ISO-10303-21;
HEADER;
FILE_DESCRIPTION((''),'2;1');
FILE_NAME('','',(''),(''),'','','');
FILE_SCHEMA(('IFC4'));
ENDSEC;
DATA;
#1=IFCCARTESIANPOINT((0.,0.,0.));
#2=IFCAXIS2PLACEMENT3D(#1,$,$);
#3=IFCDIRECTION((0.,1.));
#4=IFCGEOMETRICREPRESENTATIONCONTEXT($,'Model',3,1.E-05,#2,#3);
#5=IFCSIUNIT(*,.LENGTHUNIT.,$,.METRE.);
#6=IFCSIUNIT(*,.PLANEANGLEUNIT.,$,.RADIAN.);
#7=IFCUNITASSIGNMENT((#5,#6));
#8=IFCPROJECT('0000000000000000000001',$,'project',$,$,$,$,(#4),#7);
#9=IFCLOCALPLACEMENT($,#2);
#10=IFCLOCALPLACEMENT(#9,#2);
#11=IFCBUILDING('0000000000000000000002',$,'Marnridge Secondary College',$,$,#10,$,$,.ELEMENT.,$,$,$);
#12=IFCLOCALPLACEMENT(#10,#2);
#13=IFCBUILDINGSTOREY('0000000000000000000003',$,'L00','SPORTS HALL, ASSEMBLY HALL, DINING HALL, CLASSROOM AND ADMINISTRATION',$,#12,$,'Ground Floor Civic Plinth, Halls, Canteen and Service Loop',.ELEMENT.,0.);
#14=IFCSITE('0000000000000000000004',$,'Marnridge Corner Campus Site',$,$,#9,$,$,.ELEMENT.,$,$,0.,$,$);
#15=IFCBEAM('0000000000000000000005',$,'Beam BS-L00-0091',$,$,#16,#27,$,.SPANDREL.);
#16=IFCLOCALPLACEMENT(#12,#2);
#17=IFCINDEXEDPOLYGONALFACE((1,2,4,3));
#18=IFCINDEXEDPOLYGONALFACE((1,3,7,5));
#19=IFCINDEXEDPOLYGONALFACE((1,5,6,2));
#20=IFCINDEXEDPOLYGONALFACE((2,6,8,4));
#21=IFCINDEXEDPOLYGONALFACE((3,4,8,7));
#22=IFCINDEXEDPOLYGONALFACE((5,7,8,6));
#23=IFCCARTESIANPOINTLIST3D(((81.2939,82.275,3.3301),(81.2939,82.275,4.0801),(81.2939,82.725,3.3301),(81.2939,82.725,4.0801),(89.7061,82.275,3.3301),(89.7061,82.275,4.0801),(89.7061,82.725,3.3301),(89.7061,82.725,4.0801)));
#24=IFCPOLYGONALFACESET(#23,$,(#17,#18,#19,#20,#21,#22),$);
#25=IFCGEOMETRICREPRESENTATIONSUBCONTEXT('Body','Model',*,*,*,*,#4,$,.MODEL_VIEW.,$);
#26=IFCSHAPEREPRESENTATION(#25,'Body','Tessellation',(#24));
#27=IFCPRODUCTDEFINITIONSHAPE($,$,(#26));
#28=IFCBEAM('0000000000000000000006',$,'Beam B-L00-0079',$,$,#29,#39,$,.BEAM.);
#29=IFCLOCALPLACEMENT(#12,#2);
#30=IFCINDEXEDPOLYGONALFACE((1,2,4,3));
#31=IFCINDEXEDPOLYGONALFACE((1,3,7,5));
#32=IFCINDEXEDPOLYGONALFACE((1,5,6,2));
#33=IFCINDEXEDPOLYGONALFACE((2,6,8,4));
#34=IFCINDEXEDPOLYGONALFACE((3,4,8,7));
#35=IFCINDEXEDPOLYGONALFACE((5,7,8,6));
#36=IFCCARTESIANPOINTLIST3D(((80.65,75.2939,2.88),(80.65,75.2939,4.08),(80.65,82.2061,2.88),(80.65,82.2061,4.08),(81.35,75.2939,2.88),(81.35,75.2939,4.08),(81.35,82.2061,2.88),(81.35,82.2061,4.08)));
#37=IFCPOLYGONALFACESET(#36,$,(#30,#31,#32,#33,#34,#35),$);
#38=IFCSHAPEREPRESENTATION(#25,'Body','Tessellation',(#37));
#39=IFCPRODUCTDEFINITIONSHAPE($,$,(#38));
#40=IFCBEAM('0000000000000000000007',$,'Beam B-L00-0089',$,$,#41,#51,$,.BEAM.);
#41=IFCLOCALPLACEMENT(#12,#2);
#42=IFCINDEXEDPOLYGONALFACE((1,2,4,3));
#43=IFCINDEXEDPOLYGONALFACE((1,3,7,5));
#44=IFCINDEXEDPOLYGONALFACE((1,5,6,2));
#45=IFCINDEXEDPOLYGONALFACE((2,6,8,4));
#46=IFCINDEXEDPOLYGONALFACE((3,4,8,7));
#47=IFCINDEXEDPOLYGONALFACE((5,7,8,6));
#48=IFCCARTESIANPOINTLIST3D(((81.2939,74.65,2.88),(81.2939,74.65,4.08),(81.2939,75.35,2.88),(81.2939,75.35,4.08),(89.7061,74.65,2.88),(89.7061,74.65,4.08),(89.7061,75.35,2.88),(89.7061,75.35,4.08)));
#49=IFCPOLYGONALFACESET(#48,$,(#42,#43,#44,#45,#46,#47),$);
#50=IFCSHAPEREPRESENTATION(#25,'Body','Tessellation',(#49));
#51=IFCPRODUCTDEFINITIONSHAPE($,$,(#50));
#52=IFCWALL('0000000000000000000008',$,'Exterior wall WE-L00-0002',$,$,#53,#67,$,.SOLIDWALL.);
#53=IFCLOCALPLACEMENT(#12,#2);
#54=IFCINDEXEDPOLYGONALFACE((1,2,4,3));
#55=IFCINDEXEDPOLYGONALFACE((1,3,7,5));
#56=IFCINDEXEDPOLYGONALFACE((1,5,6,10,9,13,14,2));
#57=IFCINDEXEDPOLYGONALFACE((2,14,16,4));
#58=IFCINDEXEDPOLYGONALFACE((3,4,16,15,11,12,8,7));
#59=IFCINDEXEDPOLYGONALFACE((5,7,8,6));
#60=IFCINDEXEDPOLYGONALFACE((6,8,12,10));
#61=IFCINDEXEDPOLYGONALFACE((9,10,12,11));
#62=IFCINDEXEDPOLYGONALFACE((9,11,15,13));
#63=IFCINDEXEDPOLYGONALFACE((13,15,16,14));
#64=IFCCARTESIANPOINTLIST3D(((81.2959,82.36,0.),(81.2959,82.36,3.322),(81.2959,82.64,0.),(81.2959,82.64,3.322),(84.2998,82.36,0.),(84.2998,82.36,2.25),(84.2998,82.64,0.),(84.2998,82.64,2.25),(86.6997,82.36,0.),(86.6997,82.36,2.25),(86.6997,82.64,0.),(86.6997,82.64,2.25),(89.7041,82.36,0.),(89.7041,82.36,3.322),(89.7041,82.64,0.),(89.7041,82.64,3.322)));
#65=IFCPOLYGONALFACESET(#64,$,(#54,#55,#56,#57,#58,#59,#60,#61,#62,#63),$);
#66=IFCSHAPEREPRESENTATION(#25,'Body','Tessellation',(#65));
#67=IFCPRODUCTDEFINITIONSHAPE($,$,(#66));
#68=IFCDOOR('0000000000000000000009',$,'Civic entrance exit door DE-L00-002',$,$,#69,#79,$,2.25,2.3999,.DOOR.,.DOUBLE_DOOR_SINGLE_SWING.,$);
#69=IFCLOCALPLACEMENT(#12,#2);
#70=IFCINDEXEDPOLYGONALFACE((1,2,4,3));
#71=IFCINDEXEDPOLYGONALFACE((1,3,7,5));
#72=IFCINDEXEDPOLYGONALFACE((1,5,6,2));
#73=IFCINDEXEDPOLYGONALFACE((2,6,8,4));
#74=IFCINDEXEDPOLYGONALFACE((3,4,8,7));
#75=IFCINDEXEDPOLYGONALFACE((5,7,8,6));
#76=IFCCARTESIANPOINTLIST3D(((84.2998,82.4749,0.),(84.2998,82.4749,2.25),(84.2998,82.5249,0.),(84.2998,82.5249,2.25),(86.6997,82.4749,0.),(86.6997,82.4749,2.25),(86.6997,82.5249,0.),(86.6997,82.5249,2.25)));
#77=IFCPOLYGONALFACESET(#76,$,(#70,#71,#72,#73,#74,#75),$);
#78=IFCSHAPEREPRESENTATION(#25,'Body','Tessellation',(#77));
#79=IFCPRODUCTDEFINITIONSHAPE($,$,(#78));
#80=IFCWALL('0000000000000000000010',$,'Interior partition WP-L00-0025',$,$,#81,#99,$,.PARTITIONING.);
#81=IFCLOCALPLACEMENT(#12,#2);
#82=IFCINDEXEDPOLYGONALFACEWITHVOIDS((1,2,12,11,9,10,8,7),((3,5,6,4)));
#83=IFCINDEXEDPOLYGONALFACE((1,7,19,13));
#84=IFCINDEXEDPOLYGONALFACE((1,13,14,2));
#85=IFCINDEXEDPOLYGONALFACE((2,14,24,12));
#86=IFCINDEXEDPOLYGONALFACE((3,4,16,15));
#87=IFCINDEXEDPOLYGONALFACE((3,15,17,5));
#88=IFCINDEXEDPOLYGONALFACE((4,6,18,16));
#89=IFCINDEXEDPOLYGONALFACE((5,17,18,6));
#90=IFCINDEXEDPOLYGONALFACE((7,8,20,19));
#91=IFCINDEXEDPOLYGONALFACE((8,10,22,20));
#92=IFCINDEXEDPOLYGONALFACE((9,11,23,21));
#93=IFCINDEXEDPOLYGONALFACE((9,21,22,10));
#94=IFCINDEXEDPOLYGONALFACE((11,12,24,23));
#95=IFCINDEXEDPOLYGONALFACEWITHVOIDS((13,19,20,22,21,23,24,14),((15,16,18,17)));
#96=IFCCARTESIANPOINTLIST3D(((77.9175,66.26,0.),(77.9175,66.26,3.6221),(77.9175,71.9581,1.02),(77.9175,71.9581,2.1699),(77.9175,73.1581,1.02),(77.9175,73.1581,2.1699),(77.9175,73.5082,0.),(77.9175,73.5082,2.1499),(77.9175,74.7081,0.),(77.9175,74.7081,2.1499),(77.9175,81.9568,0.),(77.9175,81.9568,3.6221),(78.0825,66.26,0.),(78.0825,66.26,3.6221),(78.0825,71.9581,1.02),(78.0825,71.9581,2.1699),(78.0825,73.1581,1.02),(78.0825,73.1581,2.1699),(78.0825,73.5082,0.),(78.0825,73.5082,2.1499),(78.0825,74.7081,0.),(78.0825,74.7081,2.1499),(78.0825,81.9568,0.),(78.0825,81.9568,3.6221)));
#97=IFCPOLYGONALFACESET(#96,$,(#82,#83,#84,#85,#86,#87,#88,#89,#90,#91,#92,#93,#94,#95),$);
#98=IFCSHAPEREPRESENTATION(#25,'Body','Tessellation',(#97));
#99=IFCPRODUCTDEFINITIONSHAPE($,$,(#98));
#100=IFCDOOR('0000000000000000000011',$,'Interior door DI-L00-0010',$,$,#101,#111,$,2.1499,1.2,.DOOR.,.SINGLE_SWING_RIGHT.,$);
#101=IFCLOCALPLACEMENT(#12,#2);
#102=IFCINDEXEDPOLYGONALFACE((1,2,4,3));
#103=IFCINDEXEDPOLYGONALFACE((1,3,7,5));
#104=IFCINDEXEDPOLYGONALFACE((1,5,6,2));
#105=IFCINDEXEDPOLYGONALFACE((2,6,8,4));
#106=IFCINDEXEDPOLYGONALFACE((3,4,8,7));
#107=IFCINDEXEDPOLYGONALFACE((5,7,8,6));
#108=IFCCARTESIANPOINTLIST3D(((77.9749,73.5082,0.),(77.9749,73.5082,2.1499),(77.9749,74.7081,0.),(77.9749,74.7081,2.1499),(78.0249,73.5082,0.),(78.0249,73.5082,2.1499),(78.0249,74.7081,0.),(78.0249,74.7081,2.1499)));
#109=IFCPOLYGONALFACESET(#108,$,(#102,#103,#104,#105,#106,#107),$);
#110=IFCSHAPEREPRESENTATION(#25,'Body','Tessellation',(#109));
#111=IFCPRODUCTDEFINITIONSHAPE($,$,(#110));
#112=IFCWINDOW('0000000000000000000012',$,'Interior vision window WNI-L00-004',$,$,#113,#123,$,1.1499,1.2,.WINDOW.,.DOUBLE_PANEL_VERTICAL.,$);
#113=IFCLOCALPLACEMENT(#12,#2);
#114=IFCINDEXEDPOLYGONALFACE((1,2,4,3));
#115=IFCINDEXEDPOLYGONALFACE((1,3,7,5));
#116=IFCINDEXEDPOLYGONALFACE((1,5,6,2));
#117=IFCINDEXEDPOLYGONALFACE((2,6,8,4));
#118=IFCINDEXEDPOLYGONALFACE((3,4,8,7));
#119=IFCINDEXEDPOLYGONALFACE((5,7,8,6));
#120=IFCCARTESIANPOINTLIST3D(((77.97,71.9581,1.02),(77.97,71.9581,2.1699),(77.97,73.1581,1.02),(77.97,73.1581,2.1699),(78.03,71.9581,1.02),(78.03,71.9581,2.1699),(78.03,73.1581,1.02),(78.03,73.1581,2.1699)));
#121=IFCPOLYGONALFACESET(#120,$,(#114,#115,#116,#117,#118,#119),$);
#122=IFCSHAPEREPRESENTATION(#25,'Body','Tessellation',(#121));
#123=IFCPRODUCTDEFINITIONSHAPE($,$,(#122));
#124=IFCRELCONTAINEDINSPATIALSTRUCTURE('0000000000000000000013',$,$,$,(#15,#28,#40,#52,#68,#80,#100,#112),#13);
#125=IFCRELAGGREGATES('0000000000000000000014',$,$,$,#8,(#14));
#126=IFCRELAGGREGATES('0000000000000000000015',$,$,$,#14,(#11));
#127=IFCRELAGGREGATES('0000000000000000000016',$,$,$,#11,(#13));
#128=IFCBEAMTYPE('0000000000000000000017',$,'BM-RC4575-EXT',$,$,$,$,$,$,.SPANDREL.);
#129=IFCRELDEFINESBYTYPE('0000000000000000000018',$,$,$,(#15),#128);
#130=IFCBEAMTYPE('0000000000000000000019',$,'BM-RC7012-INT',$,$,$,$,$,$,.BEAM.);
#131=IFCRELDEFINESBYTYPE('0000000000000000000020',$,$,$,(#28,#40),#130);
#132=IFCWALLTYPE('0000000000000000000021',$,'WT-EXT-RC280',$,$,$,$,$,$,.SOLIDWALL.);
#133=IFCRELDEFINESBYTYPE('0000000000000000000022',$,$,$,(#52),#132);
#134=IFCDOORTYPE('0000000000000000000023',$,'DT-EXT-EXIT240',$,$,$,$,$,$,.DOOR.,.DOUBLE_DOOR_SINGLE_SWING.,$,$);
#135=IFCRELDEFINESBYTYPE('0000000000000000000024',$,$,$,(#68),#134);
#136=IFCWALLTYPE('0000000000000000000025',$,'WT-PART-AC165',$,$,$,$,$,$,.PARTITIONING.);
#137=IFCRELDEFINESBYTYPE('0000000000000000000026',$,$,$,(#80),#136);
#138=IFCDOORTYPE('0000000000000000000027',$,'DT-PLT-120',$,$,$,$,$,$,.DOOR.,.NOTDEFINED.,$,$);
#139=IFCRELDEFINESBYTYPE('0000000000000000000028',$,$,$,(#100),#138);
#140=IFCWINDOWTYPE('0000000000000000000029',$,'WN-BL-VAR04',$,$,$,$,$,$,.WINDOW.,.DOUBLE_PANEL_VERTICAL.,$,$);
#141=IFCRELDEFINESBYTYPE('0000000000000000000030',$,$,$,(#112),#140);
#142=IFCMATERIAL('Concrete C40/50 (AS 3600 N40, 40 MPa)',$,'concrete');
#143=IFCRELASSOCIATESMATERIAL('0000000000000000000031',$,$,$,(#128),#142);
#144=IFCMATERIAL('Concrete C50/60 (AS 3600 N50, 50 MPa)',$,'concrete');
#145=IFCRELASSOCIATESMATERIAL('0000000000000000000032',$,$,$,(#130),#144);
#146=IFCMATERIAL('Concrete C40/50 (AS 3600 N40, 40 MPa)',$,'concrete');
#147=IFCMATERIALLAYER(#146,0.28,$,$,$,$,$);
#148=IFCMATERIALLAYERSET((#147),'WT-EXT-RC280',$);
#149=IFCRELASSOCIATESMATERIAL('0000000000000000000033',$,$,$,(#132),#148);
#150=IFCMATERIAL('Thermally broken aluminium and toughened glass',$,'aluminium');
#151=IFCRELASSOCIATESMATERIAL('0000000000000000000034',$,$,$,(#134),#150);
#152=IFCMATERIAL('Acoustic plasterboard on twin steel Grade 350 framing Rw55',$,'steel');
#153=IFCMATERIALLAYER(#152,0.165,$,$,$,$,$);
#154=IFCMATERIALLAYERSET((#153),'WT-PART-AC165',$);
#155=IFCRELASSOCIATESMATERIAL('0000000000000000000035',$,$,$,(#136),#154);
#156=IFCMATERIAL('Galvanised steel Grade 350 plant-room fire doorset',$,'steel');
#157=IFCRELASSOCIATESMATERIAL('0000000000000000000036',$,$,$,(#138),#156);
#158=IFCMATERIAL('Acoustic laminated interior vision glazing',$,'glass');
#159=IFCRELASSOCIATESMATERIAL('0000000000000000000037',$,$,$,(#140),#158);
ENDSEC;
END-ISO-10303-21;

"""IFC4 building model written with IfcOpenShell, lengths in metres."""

from ifc_helpers import new_model, si_unit, direction, frame, frame_2d, origin, origin_2d, place, context, subcontext, project, spatial, rectangle, extrude, material, layer, layer_set, material_profile, profile_set, type_object, element, fill, save


model = new_model("IFC4")

# Units and contexts
model_context = context("Model", 3, precision=1e-05, world=origin(), true_north=direction((0.0, 1.0)))
body_context = subcontext(model_context, "Body", "Model", "MODEL_VIEW")
ifc_project = project(units=[si_unit("LENGTHUNIT", "METRE"), si_unit("PLANEANGLEUNIT", "RADIAN")], contexts=[model_context])

# Site, building, storey
site_placement = place(None, origin())
site = spatial("IfcSite", under=ifc_project, at=site_placement, Name="Marnridge Corner Campus Site", CompositionType="ELEMENT", RefElevation=0.0)
building_placement = place(site_placement, origin())
building = spatial("IfcBuilding", under=site, at=building_placement, Name="Marnridge Secondary College", CompositionType="ELEMENT")
storey_placement = place(building_placement, origin())
storey = spatial("IfcBuildingStorey", under=building, at=storey_placement, Name="L00", Description="SPORTS HALL, ASSEMBLY HALL, DINING HALL, CLASSROOM AND ADMINISTRATION", LongName="Ground Floor Civic Plinth, Halls, Canteen and Service Loop", CompositionType="ELEMENT", Elevation=0.0)

# Beams
ifc_material_1 = material(Name="Concrete C40/50 (AS 3600 N40, 40 MPa)", Category="concrete")
ifc_material_profile_1 = material_profile(ifc_material_1, rectangle(XDim=0.45, YDim=0.75, at=origin_2d()), Name="RC 450x750")
ifc_profile_set_1 = profile_set([ifc_material_profile_1], Name="Concrete C40/50 (AS 3600 N40, 40 MPa)")
beam_type_1 = type_object("IfcBeamType", Name="BM-RC4575-EXT", PredefinedType="SPANDREL", material=ifc_profile_set_1)
beam_1_placement = place(storey_placement, frame((81.2939, 82.5, 3.7051), z_axis=(1.0, 0.0, 0.0), x_axis=(0.0, 1.0, 0.0)))
element("IfcBeam", 1, at=beam_1_placement, inside=storey, type_object=beam_type_1, Name="Beam BS-L00-0091", PredefinedType="SPANDREL", context=body_context, shape_type="SweptSolid", body=[
    extrude(rectangle(XDim=0.45, YDim=0.75, at=origin_2d()), origin(), (0.0, 0.0, 1.0), 8.4121),
])
ifc_material_2 = material(Name="Concrete C50/60 (AS 3600 N50, 50 MPa)", Category="concrete")
ifc_material_profile_2 = material_profile(ifc_material_2, rectangle(XDim=0.7, YDim=1.2, at=origin_2d()), Name="RC 700x1200")
ifc_profile_set_2 = profile_set([ifc_material_profile_2], Name="Concrete C50/60 (AS 3600 N50, 50 MPa)")
beam_type_2 = type_object("IfcBeamType", Name="BM-RC7012-INT", PredefinedType="BEAM", material=ifc_profile_set_2)
beam_2_placement = place(storey_placement, frame((81.0, 75.2939, 3.48), z_axis=(0.0, 1.0, 0.0), x_axis=(-1.0, 0.0, 0.0)))
element("IfcBeam", 2, at=beam_2_placement, inside=storey, type_object=beam_type_2, Name="Beam B-L00-0079", PredefinedType="BEAM", context=body_context, shape_type="SweptSolid", body=[
    extrude(rectangle(XDim=0.7, YDim=1.2, at=origin_2d()), origin(), (0.0, 0.0, 1.0), 6.9121),
])
beam_3_placement = place(storey_placement, frame((81.2939, 75.0, 3.48), z_axis=(1.0, 0.0, 0.0), x_axis=(0.0, 1.0, 0.0)))
element("IfcBeam", 3, at=beam_3_placement, inside=storey, type_object=beam_type_2, Name="Beam B-L00-0089", PredefinedType="BEAM", context=body_context, shape_type="SweptSolid", body=[
    extrude(rectangle(XDim=0.7, YDim=1.2, at=origin_2d()), origin(), (0.0, 0.0, 1.0), 8.4121),
])

# Wall, opening, door
ifc_material_3 = material(Name="Concrete C40/50 (AS 3600 N40, 40 MPa)", Category="concrete")
ifc_layer_1 = layer(ifc_material_3, 0.28)
ifc_layer_set_1 = layer_set([ifc_layer_1], Name="WT-EXT-RC280")
wall_type_1 = type_object("IfcWallType", Name="WT-EXT-RC280", PredefinedType="SOLIDWALL", material=ifc_layer_set_1)
wall_1_placement = place(storey_placement, frame((81.2959, 82.5, 0.0), z_axis=(0.0, 0.0, 1.0), x_axis=(1.0, 0.0, 0.0)))
wall_1 = element("IfcWall", 4, at=wall_1_placement, inside=storey, type_object=wall_type_1, Name="Exterior wall WE-L00-0002", PredefinedType="SOLIDWALL", context=body_context, shape_type="SweptSolid", body=[
    extrude(rectangle(XDim=8.4082, YDim=0.28, at=frame_2d((4.2041, 0.0))), origin(), (0.0, 0.0, 1.0), 3.322),
])
opening_1_placement = place(wall_1_placement, frame((3.0039, 0.0, 0.0)))
opening_1 = element("IfcOpeningElement", 5, at=opening_1_placement, cuts=wall_1, PredefinedType="OPENING", context=body_context, shape_type="SweptSolid", body=[
    extrude(rectangle(XDim=2.3999, YDim=2.25, at=frame_2d((1.2, 1.125))), frame((0.0, 0.1499, 0.0), z_axis=(0.0, -1.0, 0.0), x_axis=(1.0, 0.0, 0.0)), (0.0, 0.0, 1.0), 0.3),
])
ifc_material_4 = material(Name="Thermally broken aluminium and toughened glass", Category="aluminium")
door_type_1 = type_object("IfcDoorType", Name="DT-EXT-EXIT240", OperationType="DOUBLE_DOOR_SINGLE_SWING", PredefinedType="DOOR", material=ifc_material_4)
door_1_placement = place(opening_1_placement, origin())
door_1 = element("IfcDoor", 6, at=door_1_placement, inside=storey, type_object=door_type_1, Name="Civic entrance exit door DE-L00-002", OperationType="DOUBLE_DOOR_SINGLE_SWING", OverallHeight=2.25, OverallWidth=2.3999, PredefinedType="DOOR", context=body_context, shape_type="SweptSolid", body=[
    extrude(rectangle(XDim=2.3999, YDim=2.25, at=frame_2d((1.2, 1.125))), frame((0.0, 0.0249, 0.0), z_axis=(0.0, -1.0, 0.0), x_axis=(1.0, 0.0, 0.0)), (0.0, 0.0, 1.0), 0.05),
])
fill(opening_1, door_1)

# Wall, openings, door, window
ifc_material_5 = material(Name="Acoustic plasterboard on twin steel Grade 350 framing Rw55", Category="steel")
ifc_layer_2 = layer(ifc_material_5, 0.165)
ifc_layer_set_2 = layer_set([ifc_layer_2], Name="WT-PART-AC165")
wall_type_2 = type_object("IfcWallType", Name="WT-PART-AC165", PredefinedType="PARTITIONING", material=ifc_layer_set_2)
wall_2_placement = place(storey_placement, frame((78.0, 81.9568, 0.0), z_axis=(0.0, 0.0, 1.0), x_axis=(0.0, -1.0, 0.0)))
wall_2 = element("IfcWall", 7, at=wall_2_placement, inside=storey, type_object=wall_type_2, Name="Interior partition WP-L00-0025", PredefinedType="PARTITIONING", context=body_context, shape_type="SweptSolid", body=[
    extrude(rectangle(XDim=15.6968, YDim=0.165, at=frame_2d((7.8484, 0.0))), origin(), (0.0, 0.0, 1.0), 3.6221),
])
opening_2_placement = place(wall_2_placement, frame((7.2485, 0.0, 0.0)))
opening_2 = element("IfcOpeningElement", 8, at=opening_2_placement, cuts=wall_2, PredefinedType="OPENING", context=body_context, shape_type="SweptSolid", body=[
    extrude(rectangle(XDim=1.2, YDim=2.1499, at=frame_2d((0.6001, 1.075))), frame((0.0, 0.0925, 0.0), z_axis=(0.0, -1.0, 0.0), x_axis=(1.0, 0.0, 0.0)), (0.0, 0.0, 1.0), 0.1851),
])
opening_3_placement = place(wall_2_placement, frame((8.7986, 0.0, 1.02)))
opening_3 = element("IfcOpeningElement", 9, at=opening_3_placement, cuts=wall_2, PredefinedType="OPENING", context=body_context, shape_type="SweptSolid", body=[
    extrude(rectangle(XDim=1.2, YDim=1.1499, at=frame_2d((0.6001, 0.575))), frame((0.0, 0.0925, 0.0), z_axis=(0.0, -1.0, 0.0), x_axis=(1.0, 0.0, 0.0)), (0.0, 0.0, 1.0), 0.1851),
])
ifc_material_6 = material(Name="Galvanised steel Grade 350 plant-room fire doorset", Category="steel")
door_type_2 = type_object("IfcDoorType", Name="DT-PLT-120", OperationType="NOTDEFINED", PredefinedType="DOOR", material=ifc_material_6)
door_2_placement = place(opening_2_placement, origin())
door_2 = element("IfcDoor", 10, at=door_2_placement, inside=storey, type_object=door_type_2, Name="Interior door DI-L00-0010", OperationType="SINGLE_SWING_RIGHT", OverallHeight=2.1499, OverallWidth=1.2, PredefinedType="DOOR", context=body_context, shape_type="SweptSolid", body=[
    extrude(rectangle(XDim=1.2, YDim=2.1499, at=frame_2d((0.6001, 1.075))), frame((0.0, 0.0249, 0.0), z_axis=(0.0, -1.0, 0.0), x_axis=(1.0, 0.0, 0.0)), (0.0, 0.0, 1.0), 0.05),
])
fill(opening_2, door_2)
ifc_material_7 = material(Name="Acoustic laminated interior vision glazing", Category="glass")
window_type = type_object("IfcWindowType", Name="WN-BL-VAR04", PartitioningType="DOUBLE_PANEL_VERTICAL", PredefinedType="WINDOW", material=ifc_material_7)
window_placement = place(opening_3_placement, origin())
window = element("IfcWindow", 11, at=window_placement, inside=storey, type_object=window_type, Name="Interior vision window WNI-L00-004", OverallHeight=1.1499, OverallWidth=1.2, PartitioningType="DOUBLE_PANEL_VERTICAL", PredefinedType="WINDOW", context=body_context, shape_type="SweptSolid", body=[
    extrude(rectangle(XDim=1.2, YDim=1.1499, at=frame_2d((0.6001, 0.575))), frame((0.0, 0.03, 0.0), z_axis=(0.0, -1.0, 0.0), x_axis=(1.0, 0.0, 0.0)), (0.0, 0.0, 1.0), 0.0601),
])
fill(opening_3, window)

save(model, "model.ifc")
